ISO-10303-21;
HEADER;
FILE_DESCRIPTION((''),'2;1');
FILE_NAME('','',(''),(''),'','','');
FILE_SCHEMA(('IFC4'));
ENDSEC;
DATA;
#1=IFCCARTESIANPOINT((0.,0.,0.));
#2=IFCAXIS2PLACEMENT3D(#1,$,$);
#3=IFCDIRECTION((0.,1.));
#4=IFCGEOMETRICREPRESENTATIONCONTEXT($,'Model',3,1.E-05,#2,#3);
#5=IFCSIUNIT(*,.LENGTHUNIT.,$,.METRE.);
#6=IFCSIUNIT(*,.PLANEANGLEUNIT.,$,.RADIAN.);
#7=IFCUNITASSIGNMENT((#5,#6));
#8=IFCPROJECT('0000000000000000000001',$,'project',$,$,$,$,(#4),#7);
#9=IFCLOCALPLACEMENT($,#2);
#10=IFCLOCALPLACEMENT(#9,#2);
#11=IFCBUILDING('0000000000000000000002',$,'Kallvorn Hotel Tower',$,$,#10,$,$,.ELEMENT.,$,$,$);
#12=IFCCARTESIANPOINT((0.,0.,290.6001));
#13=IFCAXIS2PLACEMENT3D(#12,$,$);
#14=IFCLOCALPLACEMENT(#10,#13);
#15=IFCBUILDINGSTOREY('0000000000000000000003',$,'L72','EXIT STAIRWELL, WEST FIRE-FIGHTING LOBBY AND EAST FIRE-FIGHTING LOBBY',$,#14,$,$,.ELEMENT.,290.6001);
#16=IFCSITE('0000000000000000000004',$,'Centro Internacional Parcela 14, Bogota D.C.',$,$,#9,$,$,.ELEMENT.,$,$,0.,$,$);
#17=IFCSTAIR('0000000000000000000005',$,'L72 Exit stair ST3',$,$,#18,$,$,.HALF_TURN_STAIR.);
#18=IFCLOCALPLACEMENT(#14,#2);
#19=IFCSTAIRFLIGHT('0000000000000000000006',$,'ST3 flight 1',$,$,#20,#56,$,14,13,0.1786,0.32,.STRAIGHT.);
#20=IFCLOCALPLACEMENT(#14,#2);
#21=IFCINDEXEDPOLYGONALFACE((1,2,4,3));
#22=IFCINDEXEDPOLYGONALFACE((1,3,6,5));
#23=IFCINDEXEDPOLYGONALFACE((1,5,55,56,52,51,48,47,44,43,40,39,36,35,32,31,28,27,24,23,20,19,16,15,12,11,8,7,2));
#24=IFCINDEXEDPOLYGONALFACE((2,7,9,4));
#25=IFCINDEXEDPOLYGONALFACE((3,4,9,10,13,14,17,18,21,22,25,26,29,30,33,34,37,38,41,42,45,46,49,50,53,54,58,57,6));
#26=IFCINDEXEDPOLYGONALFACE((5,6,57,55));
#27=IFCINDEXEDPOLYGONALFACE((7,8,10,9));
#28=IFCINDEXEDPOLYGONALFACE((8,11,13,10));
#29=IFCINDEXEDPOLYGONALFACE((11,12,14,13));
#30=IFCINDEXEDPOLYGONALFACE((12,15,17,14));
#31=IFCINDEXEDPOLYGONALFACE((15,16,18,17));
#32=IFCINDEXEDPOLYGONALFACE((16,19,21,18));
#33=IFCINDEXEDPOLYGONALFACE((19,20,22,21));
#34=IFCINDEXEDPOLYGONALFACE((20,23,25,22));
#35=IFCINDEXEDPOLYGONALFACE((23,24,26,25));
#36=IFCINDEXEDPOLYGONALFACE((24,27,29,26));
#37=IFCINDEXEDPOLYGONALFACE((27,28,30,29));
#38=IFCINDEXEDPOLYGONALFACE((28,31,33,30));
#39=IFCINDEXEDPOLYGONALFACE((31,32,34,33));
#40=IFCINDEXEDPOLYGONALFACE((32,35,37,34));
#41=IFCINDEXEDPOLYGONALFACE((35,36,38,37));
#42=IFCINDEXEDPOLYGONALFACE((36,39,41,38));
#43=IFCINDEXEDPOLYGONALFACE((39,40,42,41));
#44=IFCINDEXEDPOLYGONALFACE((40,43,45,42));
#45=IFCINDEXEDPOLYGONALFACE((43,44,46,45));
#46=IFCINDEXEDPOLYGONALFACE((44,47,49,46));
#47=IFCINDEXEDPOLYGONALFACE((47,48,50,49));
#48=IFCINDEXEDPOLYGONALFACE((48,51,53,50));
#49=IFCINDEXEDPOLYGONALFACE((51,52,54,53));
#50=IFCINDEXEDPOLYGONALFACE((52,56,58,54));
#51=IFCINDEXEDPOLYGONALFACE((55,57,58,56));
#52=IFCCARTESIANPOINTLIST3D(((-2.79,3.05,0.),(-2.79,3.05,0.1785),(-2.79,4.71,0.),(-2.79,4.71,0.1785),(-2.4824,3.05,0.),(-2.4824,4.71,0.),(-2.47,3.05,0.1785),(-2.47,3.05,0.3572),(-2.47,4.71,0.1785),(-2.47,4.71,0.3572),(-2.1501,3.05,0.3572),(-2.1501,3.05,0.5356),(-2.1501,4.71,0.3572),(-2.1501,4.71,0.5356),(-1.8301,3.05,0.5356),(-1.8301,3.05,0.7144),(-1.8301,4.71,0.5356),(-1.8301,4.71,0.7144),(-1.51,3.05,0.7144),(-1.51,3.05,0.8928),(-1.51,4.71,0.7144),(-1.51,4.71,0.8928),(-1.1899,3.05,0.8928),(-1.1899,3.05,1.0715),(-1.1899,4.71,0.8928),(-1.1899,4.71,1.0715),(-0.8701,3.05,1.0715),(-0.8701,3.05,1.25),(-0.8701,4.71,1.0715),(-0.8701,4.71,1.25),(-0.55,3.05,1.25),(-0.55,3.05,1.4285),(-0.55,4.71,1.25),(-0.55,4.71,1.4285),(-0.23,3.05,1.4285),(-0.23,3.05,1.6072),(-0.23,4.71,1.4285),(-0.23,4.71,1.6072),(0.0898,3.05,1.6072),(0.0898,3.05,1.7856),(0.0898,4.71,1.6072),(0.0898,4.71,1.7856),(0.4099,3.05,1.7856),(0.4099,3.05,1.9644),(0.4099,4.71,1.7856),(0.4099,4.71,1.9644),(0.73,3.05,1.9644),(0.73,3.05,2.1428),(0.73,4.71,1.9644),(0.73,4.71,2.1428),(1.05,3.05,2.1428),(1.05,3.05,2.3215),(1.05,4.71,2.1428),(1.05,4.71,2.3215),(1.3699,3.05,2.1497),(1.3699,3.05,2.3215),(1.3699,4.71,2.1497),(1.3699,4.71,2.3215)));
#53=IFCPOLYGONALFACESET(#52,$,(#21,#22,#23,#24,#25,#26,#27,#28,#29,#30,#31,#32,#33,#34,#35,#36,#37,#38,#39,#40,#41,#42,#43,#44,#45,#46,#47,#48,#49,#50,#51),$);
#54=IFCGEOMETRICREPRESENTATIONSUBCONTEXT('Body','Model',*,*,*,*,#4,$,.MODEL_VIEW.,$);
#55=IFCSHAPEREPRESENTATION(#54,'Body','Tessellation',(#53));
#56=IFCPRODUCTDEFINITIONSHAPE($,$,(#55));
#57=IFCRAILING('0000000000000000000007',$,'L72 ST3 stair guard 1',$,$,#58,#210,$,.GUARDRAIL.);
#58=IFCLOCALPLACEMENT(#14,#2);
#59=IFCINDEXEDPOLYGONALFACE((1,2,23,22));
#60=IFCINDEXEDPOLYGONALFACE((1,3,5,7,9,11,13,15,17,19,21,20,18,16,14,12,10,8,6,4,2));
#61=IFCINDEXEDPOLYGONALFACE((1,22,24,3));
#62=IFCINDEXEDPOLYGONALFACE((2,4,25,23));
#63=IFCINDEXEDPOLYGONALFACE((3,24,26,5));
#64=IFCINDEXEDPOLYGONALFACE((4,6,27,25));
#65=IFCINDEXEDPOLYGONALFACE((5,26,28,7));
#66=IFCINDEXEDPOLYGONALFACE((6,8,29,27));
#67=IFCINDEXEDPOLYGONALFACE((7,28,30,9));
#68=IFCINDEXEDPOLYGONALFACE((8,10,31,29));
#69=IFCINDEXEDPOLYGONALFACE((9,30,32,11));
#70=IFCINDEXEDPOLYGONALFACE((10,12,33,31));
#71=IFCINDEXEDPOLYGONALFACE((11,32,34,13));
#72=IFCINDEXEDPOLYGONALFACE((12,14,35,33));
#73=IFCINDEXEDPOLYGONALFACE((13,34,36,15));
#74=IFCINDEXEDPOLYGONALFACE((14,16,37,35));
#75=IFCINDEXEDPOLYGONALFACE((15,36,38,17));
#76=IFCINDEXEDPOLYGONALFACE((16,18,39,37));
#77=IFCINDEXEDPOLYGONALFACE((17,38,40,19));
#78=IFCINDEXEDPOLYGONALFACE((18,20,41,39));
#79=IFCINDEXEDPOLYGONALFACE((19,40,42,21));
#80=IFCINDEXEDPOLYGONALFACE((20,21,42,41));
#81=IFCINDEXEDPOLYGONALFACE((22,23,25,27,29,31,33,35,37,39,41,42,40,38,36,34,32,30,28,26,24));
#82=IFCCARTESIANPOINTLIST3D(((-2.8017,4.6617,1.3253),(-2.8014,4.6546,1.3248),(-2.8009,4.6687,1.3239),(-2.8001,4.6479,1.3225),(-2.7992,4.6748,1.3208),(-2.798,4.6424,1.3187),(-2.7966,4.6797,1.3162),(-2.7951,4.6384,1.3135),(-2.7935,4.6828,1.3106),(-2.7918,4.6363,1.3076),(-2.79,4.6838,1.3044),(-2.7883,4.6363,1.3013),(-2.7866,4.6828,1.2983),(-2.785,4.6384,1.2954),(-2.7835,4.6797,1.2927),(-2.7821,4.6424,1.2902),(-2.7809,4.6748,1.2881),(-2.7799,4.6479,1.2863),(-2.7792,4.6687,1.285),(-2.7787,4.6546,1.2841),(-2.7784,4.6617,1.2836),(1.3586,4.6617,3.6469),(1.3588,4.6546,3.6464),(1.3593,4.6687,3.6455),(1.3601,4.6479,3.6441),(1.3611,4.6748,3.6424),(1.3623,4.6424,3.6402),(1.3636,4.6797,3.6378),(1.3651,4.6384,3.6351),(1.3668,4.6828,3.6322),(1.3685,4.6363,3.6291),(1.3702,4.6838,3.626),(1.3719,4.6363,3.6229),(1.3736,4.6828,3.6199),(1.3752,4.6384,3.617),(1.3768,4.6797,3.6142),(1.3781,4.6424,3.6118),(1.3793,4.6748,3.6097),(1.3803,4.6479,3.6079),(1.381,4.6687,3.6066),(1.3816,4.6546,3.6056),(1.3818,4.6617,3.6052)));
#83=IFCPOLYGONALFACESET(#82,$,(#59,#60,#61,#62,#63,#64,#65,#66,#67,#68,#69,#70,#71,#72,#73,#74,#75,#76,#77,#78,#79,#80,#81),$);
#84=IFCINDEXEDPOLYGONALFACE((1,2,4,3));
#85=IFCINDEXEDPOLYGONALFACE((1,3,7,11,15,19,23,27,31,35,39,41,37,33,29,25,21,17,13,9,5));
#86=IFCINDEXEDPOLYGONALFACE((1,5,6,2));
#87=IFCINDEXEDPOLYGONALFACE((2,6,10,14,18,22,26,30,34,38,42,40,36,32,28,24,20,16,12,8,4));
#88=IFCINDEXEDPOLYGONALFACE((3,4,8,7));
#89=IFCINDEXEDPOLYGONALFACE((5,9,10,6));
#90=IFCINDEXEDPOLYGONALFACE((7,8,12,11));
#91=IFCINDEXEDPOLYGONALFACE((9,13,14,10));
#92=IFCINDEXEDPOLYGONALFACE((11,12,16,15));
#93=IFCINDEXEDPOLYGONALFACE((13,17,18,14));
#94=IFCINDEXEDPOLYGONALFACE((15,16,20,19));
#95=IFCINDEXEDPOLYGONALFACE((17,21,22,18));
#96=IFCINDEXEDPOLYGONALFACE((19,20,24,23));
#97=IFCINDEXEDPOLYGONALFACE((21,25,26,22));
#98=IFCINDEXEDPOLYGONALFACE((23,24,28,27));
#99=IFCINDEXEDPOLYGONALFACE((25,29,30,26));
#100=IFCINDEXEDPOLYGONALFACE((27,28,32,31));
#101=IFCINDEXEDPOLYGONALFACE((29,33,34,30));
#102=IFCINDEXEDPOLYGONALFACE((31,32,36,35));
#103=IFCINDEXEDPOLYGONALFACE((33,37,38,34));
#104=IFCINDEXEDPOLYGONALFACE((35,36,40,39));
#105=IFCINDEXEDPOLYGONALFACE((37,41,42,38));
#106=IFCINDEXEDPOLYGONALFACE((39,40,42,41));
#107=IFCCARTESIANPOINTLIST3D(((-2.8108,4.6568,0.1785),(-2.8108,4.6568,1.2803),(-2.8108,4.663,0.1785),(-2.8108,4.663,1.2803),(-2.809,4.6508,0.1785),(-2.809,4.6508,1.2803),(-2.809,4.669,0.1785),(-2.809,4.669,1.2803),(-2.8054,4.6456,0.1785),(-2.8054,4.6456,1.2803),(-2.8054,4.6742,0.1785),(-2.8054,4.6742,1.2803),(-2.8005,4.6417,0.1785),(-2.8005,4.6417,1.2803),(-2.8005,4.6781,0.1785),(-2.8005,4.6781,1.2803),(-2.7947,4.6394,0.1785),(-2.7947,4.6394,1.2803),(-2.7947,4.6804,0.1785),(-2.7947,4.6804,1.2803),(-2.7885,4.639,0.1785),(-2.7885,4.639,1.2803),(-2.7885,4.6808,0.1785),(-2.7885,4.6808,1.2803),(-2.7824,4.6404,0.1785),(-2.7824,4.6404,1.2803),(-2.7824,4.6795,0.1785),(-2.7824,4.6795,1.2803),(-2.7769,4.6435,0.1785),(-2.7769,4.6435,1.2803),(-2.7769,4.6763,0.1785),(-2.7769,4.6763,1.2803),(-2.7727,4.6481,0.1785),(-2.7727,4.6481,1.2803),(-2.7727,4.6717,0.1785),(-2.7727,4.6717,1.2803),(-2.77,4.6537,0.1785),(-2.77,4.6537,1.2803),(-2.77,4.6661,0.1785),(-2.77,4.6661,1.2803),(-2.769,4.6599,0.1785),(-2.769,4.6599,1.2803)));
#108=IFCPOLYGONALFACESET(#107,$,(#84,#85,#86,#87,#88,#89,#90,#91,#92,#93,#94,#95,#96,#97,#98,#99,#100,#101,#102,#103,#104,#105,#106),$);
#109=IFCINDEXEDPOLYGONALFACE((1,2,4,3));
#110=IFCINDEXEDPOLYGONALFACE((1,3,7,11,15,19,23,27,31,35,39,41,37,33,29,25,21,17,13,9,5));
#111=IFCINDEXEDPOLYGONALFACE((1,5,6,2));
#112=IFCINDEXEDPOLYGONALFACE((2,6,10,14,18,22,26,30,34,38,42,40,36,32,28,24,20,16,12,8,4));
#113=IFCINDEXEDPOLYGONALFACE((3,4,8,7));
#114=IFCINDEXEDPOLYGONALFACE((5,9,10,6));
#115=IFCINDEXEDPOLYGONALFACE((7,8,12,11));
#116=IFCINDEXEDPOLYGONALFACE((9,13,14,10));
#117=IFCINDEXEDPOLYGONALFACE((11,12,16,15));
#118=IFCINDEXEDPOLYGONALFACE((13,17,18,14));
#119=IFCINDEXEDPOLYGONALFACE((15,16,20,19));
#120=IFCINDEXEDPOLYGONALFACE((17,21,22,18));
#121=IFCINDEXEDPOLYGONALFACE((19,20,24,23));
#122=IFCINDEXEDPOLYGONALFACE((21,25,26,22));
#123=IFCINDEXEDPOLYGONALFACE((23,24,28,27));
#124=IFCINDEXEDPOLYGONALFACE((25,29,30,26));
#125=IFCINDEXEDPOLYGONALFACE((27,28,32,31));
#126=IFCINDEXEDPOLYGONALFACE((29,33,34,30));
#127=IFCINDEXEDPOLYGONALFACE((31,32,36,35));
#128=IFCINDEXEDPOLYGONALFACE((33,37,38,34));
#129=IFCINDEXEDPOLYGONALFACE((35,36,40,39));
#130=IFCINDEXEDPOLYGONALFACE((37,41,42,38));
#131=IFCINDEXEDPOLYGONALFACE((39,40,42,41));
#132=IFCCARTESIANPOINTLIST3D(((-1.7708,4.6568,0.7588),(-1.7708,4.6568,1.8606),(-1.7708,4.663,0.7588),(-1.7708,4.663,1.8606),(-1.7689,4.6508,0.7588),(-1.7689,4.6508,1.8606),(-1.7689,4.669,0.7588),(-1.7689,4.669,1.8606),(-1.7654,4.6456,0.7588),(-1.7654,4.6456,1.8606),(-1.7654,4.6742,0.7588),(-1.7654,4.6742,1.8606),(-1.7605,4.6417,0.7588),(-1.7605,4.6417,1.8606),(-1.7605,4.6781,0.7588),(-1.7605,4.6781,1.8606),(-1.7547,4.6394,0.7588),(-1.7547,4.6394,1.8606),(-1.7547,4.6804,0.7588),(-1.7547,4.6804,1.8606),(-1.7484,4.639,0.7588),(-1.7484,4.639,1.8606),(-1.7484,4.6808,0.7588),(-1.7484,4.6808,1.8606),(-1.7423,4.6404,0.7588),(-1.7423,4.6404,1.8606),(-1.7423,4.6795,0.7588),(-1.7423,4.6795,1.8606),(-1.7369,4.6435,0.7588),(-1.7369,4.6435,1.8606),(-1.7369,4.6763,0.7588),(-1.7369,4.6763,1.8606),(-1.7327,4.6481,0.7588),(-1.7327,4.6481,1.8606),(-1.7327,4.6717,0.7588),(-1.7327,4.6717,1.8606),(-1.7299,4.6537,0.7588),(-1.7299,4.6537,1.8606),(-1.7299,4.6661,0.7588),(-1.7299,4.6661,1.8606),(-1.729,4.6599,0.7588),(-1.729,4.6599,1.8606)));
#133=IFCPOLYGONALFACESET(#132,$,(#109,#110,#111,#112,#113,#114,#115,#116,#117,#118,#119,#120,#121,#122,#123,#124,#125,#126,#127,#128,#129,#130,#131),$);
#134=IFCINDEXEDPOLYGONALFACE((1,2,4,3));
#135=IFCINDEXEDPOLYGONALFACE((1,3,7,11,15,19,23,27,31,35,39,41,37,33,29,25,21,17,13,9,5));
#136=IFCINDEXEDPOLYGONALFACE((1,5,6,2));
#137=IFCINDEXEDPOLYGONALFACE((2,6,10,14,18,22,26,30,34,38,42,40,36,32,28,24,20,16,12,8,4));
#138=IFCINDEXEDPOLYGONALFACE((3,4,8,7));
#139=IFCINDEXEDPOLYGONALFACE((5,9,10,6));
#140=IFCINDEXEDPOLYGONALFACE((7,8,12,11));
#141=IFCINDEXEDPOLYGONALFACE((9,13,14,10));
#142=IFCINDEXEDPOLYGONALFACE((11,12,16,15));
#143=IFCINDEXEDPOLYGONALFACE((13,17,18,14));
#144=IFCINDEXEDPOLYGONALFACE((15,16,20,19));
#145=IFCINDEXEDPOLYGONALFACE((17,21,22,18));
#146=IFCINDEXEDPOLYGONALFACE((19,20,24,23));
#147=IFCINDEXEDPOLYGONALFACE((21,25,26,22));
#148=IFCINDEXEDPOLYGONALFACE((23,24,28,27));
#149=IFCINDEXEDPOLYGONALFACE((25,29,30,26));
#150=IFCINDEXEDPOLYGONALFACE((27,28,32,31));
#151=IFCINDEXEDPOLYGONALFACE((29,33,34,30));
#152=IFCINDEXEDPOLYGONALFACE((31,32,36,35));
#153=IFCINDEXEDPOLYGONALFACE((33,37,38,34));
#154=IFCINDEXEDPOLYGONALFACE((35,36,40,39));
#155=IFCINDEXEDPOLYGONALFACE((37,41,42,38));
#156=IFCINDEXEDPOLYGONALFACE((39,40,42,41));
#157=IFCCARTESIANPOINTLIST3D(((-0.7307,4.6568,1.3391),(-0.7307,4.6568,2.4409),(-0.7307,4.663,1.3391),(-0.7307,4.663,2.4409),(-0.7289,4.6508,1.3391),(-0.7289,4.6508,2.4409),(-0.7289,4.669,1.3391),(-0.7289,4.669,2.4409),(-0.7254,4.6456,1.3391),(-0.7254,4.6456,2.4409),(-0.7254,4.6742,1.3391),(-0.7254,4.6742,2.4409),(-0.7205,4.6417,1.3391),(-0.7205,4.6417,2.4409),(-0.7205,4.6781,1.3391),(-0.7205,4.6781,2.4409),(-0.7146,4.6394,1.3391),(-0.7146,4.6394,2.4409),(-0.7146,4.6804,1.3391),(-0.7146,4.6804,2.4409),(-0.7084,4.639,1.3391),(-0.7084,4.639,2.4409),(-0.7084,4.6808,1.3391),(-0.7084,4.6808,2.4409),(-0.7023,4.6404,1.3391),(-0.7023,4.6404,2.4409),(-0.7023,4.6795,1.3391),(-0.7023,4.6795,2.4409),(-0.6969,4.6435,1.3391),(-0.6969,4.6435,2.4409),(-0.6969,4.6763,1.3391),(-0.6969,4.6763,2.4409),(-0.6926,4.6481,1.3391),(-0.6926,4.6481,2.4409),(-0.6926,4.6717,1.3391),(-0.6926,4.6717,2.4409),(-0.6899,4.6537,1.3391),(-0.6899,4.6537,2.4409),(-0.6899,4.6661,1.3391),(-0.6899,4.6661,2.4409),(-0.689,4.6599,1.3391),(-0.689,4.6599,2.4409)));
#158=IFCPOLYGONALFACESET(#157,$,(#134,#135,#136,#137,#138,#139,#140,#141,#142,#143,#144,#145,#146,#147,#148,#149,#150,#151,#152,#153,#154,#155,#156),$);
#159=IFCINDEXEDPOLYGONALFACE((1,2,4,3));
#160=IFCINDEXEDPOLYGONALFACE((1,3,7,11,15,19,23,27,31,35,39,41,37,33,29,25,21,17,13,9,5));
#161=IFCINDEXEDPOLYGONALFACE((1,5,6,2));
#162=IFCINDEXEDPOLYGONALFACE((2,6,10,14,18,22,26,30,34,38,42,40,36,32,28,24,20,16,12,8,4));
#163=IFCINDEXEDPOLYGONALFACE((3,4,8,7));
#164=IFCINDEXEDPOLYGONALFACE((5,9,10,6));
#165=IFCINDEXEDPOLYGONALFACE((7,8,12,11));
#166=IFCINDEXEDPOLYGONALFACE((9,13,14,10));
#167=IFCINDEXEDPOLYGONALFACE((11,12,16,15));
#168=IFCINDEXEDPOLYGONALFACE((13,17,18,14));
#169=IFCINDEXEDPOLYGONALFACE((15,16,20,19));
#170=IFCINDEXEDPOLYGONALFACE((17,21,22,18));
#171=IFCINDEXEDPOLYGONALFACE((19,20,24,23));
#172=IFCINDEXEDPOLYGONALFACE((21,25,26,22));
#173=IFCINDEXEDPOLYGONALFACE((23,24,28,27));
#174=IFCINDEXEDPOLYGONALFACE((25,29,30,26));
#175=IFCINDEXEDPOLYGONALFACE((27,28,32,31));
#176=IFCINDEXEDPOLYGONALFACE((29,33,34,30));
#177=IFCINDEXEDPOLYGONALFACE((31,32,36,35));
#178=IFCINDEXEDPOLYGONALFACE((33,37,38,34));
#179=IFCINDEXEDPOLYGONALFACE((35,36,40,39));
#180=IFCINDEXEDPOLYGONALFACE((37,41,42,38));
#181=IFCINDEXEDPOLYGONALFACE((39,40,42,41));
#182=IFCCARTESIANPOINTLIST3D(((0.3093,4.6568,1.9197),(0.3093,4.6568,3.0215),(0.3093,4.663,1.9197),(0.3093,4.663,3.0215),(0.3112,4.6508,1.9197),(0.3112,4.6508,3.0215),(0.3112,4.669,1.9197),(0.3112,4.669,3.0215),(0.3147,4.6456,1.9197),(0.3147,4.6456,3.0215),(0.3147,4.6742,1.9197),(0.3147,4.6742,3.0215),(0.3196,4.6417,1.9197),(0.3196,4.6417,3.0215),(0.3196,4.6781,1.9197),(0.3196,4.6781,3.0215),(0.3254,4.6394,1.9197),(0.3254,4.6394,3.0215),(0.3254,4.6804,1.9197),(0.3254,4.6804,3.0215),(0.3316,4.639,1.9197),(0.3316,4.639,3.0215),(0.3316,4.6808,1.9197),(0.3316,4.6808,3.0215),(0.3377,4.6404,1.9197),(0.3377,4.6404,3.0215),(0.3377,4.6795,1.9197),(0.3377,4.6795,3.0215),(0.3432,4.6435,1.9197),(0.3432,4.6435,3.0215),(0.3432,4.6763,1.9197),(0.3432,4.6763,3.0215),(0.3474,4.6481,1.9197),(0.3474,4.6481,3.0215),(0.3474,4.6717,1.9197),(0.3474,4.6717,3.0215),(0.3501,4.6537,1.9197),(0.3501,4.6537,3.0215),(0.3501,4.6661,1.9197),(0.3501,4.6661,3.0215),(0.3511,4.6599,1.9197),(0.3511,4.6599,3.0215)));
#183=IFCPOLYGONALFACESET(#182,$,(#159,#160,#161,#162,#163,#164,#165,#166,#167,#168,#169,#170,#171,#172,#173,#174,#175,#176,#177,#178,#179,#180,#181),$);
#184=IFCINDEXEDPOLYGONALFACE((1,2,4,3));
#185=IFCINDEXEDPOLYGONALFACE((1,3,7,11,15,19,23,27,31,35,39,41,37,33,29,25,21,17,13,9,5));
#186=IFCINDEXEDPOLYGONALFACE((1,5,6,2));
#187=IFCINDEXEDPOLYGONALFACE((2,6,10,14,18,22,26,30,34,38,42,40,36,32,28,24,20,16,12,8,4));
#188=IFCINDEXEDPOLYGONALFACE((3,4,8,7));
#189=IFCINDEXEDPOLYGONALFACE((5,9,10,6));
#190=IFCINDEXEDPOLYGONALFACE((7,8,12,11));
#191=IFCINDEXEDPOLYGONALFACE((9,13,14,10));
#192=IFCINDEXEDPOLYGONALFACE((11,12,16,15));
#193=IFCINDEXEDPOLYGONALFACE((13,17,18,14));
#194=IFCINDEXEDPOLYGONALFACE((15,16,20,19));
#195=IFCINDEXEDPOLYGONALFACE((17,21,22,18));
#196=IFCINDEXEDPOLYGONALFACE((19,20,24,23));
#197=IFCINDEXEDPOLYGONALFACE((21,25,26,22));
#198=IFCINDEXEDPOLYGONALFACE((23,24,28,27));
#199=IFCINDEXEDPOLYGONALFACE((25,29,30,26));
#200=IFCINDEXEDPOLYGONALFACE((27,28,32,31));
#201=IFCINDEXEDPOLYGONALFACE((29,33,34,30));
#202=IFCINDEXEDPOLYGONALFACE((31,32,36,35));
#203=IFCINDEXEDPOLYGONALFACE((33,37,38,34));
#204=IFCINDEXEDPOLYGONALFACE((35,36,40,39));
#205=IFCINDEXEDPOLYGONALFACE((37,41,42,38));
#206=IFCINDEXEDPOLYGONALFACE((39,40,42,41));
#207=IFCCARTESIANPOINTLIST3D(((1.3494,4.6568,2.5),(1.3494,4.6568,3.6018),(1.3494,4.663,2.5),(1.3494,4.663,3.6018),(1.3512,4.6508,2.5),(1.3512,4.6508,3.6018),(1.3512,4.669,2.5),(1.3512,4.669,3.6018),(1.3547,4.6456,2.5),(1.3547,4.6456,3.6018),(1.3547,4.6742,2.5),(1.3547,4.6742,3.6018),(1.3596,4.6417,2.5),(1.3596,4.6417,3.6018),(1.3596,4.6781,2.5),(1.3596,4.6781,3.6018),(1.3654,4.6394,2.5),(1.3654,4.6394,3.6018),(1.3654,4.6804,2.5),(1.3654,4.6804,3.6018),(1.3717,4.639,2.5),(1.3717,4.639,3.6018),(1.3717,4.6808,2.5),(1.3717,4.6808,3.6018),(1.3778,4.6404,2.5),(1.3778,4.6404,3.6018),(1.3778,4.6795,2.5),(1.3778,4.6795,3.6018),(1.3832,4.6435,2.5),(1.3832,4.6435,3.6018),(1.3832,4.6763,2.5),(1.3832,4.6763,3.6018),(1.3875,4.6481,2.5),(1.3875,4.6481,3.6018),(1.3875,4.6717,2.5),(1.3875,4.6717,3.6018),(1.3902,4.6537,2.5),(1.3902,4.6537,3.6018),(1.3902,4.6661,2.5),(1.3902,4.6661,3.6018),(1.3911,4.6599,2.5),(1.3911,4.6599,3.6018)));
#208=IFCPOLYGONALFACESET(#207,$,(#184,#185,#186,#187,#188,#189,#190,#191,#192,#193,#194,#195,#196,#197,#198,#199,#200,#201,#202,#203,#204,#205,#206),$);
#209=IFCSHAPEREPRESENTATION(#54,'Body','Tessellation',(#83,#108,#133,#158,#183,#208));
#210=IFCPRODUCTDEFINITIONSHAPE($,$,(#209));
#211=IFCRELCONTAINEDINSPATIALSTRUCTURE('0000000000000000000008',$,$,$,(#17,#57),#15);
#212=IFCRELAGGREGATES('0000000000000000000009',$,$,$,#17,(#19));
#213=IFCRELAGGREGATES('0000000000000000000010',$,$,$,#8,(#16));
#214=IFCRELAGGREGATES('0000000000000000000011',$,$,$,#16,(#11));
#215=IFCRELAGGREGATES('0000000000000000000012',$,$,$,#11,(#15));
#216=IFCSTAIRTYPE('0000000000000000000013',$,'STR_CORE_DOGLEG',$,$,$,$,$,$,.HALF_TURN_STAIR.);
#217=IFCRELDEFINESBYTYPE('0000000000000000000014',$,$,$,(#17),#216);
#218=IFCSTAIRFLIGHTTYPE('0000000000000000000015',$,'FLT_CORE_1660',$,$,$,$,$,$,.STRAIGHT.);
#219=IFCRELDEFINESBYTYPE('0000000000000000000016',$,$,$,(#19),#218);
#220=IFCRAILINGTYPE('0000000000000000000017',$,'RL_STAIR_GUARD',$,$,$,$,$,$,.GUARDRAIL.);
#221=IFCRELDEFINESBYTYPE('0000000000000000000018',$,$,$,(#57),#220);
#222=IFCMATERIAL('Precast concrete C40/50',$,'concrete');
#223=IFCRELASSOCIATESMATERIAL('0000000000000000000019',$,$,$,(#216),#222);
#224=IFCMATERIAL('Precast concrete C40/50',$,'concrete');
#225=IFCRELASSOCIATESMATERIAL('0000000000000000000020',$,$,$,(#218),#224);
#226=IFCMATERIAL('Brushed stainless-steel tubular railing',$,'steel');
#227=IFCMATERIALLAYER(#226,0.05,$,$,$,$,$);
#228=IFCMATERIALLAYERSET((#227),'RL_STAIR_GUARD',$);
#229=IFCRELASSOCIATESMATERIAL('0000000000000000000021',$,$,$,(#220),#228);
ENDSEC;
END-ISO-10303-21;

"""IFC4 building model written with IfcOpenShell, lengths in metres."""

from ifc_helpers import new_model, si_unit, direction, frame, origin, origin_2d, place, context, subcontext, project, spatial, polyline, circle, outline, extrude, material, layer, layer_set, type_object, element, aggregate, save


model = new_model("IFC4")

# Units and contexts
model_context = context("Model", 3, precision=1e-05, world=origin(), true_north=direction((0.0, 1.0)))
body_context = subcontext(model_context, "Body", "Model", "MODEL_VIEW")
ifc_project = project(units=[si_unit("LENGTHUNIT", "METRE"), si_unit("PLANEANGLEUNIT", "RADIAN")], contexts=[model_context])

# Site, building, storey
site_placement = place(None, origin())
site = spatial("IfcSite", under=ifc_project, at=site_placement, Name="Centro Internacional Parcela 14, Bogota D.C.", CompositionType="ELEMENT", RefElevation=0.0)
building_placement = place(site_placement, origin())
building = spatial("IfcBuilding", under=site, at=building_placement, Name="Kallvorn Hotel Tower", CompositionType="ELEMENT")
storey_placement = place(building_placement, frame((0.0, 0.0, 290.6001)))
storey = spatial("IfcBuildingStorey", under=building, at=storey_placement, Name="L72", Description="EXIT STAIRWELL, WEST FIRE-FIGHTING LOBBY AND EAST FIRE-FIGHTING LOBBY", CompositionType="ELEMENT", Elevation=290.6001)

# Stair, stair flight
ifc_material_1 = material(Name="Precast concrete C40/50", Category="concrete")
stair_type = type_object("IfcStairType", Name="STR_CORE_DOGLEG", PredefinedType="HALF_TURN_STAIR", material=ifc_material_1)
stair_placement = place(storey_placement, origin())
stair = element("IfcStair", 1, at=stair_placement, inside=storey, type_object=stair_type, Name="L72 Exit stair ST3", PredefinedType="HALF_TURN_STAIR")
ifc_material_2 = material(Name="Precast concrete C40/50", Category="concrete")
stair_flight_type = type_object("IfcStairFlightType", Name="FLT_CORE_1660", PredefinedType="STRAIGHT", material=ifc_material_2)
stair_flight_placement = place(storey_placement, frame((-2.79, 3.8799, 0.0), z_axis=(0.0, 0.0, 1.0), x_axis=(1.0, 0.0, 0.0)))
stair_flight = element("IfcStairFlight", 2, at=stair_flight_placement, type_object=stair_flight_type, Name="ST3 flight 1", NumberOfRisers=14, NumberOfTreads=13, PredefinedType="STRAIGHT", RiserHeight=0.1786, TreadLength=0.32, context=body_context, shape_type="SweptSolid", body=[
    extrude(outline(polyline([(0.0, 0.0), (0.0, 0.1785), (0.3201, 0.1785), (0.3201, 0.3572), (0.6399, 0.3572), (0.6399, 0.5356), (0.96, 0.5356), (0.96, 0.7144), (1.28, 0.7144), (1.28, 0.8928), (1.6001, 0.8928), (1.6001, 1.0715), (1.9199, 1.0715), (1.9199, 1.25), (2.24, 1.25), (2.24, 1.4285), (2.5601, 1.4285), (2.5601, 1.6072), (2.8799, 1.6072), (2.8799, 1.7856), (3.2, 1.7856), (3.2, 1.9644), (3.52, 1.9644), (3.52, 2.1428), (3.8401, 2.1428), (3.8401, 2.3215), (4.1599, 2.3215), (4.1599, 2.5), (4.1599, 2.1497), (0.3076, 0.0), (0.0, 0.0)])), frame((0.0, 0.8301, 0.0), z_axis=(0.0, -1.0, 0.0), x_axis=(1.0, 0.0, 0.0)), (0.0, 0.0, 1.0), 1.6599),
])
aggregate(stair, [stair_flight])

# Railing
ifc_material_3 = material(Name="Brushed stainless-steel tubular railing", Category="steel")
ifc_layer_1 = layer(ifc_material_3, 0.05)
ifc_layer_set_1 = layer_set([ifc_layer_1], Name="RL_STAIR_GUARD")
railing_type_1 = type_object("IfcRailingType", Name="RL_STAIR_GUARD", PredefinedType="GUARDRAIL", material=ifc_layer_set_1)
railing_1_placement = place(storey_placement, frame((-2.79, 4.6599, 0.1785)))
element("IfcRailing", 3, at=railing_1_placement, inside=storey, type_object=railing_type_1, Name="L72 ST3 stair guard 1", PredefinedType="GUARDRAIL", context=body_context, shape_type="SweptSolid", body=[
    extrude(circle(Radius=0.0239, at=origin_2d()), frame((0.0, 0.0, 1.126), z_axis=(0.873235, 0.0, 0.4873), x_axis=(0.0, 1.0, 0.0)), (0.0, 0.0, 1.0), 4.7642),
    extrude(circle(Radius=0.021, at=origin_2d()), origin(), (0.0, 0.0, 1.0), 1.1018),
    extrude(circle(Radius=0.021, at=origin_2d()), frame((1.04, 0.0, 0.5803)), (0.0, 0.0, 1.0), 1.1018),
    extrude(circle(Radius=0.021, at=origin_2d()), frame((2.0801, 0.0, 1.1606)), (0.0, 0.0, 1.0), 1.1018),
    extrude(circle(Radius=0.021, at=origin_2d()), frame((3.1201, 0.0, 1.7412)), (0.0, 0.0, 1.0), 1.1018),
    extrude(circle(Radius=0.021, at=origin_2d()), frame((4.1602, 0.0, 2.3215)), (0.0, 0.0, 1.0), 1.1018),
])

save(model, "model.ifc")
